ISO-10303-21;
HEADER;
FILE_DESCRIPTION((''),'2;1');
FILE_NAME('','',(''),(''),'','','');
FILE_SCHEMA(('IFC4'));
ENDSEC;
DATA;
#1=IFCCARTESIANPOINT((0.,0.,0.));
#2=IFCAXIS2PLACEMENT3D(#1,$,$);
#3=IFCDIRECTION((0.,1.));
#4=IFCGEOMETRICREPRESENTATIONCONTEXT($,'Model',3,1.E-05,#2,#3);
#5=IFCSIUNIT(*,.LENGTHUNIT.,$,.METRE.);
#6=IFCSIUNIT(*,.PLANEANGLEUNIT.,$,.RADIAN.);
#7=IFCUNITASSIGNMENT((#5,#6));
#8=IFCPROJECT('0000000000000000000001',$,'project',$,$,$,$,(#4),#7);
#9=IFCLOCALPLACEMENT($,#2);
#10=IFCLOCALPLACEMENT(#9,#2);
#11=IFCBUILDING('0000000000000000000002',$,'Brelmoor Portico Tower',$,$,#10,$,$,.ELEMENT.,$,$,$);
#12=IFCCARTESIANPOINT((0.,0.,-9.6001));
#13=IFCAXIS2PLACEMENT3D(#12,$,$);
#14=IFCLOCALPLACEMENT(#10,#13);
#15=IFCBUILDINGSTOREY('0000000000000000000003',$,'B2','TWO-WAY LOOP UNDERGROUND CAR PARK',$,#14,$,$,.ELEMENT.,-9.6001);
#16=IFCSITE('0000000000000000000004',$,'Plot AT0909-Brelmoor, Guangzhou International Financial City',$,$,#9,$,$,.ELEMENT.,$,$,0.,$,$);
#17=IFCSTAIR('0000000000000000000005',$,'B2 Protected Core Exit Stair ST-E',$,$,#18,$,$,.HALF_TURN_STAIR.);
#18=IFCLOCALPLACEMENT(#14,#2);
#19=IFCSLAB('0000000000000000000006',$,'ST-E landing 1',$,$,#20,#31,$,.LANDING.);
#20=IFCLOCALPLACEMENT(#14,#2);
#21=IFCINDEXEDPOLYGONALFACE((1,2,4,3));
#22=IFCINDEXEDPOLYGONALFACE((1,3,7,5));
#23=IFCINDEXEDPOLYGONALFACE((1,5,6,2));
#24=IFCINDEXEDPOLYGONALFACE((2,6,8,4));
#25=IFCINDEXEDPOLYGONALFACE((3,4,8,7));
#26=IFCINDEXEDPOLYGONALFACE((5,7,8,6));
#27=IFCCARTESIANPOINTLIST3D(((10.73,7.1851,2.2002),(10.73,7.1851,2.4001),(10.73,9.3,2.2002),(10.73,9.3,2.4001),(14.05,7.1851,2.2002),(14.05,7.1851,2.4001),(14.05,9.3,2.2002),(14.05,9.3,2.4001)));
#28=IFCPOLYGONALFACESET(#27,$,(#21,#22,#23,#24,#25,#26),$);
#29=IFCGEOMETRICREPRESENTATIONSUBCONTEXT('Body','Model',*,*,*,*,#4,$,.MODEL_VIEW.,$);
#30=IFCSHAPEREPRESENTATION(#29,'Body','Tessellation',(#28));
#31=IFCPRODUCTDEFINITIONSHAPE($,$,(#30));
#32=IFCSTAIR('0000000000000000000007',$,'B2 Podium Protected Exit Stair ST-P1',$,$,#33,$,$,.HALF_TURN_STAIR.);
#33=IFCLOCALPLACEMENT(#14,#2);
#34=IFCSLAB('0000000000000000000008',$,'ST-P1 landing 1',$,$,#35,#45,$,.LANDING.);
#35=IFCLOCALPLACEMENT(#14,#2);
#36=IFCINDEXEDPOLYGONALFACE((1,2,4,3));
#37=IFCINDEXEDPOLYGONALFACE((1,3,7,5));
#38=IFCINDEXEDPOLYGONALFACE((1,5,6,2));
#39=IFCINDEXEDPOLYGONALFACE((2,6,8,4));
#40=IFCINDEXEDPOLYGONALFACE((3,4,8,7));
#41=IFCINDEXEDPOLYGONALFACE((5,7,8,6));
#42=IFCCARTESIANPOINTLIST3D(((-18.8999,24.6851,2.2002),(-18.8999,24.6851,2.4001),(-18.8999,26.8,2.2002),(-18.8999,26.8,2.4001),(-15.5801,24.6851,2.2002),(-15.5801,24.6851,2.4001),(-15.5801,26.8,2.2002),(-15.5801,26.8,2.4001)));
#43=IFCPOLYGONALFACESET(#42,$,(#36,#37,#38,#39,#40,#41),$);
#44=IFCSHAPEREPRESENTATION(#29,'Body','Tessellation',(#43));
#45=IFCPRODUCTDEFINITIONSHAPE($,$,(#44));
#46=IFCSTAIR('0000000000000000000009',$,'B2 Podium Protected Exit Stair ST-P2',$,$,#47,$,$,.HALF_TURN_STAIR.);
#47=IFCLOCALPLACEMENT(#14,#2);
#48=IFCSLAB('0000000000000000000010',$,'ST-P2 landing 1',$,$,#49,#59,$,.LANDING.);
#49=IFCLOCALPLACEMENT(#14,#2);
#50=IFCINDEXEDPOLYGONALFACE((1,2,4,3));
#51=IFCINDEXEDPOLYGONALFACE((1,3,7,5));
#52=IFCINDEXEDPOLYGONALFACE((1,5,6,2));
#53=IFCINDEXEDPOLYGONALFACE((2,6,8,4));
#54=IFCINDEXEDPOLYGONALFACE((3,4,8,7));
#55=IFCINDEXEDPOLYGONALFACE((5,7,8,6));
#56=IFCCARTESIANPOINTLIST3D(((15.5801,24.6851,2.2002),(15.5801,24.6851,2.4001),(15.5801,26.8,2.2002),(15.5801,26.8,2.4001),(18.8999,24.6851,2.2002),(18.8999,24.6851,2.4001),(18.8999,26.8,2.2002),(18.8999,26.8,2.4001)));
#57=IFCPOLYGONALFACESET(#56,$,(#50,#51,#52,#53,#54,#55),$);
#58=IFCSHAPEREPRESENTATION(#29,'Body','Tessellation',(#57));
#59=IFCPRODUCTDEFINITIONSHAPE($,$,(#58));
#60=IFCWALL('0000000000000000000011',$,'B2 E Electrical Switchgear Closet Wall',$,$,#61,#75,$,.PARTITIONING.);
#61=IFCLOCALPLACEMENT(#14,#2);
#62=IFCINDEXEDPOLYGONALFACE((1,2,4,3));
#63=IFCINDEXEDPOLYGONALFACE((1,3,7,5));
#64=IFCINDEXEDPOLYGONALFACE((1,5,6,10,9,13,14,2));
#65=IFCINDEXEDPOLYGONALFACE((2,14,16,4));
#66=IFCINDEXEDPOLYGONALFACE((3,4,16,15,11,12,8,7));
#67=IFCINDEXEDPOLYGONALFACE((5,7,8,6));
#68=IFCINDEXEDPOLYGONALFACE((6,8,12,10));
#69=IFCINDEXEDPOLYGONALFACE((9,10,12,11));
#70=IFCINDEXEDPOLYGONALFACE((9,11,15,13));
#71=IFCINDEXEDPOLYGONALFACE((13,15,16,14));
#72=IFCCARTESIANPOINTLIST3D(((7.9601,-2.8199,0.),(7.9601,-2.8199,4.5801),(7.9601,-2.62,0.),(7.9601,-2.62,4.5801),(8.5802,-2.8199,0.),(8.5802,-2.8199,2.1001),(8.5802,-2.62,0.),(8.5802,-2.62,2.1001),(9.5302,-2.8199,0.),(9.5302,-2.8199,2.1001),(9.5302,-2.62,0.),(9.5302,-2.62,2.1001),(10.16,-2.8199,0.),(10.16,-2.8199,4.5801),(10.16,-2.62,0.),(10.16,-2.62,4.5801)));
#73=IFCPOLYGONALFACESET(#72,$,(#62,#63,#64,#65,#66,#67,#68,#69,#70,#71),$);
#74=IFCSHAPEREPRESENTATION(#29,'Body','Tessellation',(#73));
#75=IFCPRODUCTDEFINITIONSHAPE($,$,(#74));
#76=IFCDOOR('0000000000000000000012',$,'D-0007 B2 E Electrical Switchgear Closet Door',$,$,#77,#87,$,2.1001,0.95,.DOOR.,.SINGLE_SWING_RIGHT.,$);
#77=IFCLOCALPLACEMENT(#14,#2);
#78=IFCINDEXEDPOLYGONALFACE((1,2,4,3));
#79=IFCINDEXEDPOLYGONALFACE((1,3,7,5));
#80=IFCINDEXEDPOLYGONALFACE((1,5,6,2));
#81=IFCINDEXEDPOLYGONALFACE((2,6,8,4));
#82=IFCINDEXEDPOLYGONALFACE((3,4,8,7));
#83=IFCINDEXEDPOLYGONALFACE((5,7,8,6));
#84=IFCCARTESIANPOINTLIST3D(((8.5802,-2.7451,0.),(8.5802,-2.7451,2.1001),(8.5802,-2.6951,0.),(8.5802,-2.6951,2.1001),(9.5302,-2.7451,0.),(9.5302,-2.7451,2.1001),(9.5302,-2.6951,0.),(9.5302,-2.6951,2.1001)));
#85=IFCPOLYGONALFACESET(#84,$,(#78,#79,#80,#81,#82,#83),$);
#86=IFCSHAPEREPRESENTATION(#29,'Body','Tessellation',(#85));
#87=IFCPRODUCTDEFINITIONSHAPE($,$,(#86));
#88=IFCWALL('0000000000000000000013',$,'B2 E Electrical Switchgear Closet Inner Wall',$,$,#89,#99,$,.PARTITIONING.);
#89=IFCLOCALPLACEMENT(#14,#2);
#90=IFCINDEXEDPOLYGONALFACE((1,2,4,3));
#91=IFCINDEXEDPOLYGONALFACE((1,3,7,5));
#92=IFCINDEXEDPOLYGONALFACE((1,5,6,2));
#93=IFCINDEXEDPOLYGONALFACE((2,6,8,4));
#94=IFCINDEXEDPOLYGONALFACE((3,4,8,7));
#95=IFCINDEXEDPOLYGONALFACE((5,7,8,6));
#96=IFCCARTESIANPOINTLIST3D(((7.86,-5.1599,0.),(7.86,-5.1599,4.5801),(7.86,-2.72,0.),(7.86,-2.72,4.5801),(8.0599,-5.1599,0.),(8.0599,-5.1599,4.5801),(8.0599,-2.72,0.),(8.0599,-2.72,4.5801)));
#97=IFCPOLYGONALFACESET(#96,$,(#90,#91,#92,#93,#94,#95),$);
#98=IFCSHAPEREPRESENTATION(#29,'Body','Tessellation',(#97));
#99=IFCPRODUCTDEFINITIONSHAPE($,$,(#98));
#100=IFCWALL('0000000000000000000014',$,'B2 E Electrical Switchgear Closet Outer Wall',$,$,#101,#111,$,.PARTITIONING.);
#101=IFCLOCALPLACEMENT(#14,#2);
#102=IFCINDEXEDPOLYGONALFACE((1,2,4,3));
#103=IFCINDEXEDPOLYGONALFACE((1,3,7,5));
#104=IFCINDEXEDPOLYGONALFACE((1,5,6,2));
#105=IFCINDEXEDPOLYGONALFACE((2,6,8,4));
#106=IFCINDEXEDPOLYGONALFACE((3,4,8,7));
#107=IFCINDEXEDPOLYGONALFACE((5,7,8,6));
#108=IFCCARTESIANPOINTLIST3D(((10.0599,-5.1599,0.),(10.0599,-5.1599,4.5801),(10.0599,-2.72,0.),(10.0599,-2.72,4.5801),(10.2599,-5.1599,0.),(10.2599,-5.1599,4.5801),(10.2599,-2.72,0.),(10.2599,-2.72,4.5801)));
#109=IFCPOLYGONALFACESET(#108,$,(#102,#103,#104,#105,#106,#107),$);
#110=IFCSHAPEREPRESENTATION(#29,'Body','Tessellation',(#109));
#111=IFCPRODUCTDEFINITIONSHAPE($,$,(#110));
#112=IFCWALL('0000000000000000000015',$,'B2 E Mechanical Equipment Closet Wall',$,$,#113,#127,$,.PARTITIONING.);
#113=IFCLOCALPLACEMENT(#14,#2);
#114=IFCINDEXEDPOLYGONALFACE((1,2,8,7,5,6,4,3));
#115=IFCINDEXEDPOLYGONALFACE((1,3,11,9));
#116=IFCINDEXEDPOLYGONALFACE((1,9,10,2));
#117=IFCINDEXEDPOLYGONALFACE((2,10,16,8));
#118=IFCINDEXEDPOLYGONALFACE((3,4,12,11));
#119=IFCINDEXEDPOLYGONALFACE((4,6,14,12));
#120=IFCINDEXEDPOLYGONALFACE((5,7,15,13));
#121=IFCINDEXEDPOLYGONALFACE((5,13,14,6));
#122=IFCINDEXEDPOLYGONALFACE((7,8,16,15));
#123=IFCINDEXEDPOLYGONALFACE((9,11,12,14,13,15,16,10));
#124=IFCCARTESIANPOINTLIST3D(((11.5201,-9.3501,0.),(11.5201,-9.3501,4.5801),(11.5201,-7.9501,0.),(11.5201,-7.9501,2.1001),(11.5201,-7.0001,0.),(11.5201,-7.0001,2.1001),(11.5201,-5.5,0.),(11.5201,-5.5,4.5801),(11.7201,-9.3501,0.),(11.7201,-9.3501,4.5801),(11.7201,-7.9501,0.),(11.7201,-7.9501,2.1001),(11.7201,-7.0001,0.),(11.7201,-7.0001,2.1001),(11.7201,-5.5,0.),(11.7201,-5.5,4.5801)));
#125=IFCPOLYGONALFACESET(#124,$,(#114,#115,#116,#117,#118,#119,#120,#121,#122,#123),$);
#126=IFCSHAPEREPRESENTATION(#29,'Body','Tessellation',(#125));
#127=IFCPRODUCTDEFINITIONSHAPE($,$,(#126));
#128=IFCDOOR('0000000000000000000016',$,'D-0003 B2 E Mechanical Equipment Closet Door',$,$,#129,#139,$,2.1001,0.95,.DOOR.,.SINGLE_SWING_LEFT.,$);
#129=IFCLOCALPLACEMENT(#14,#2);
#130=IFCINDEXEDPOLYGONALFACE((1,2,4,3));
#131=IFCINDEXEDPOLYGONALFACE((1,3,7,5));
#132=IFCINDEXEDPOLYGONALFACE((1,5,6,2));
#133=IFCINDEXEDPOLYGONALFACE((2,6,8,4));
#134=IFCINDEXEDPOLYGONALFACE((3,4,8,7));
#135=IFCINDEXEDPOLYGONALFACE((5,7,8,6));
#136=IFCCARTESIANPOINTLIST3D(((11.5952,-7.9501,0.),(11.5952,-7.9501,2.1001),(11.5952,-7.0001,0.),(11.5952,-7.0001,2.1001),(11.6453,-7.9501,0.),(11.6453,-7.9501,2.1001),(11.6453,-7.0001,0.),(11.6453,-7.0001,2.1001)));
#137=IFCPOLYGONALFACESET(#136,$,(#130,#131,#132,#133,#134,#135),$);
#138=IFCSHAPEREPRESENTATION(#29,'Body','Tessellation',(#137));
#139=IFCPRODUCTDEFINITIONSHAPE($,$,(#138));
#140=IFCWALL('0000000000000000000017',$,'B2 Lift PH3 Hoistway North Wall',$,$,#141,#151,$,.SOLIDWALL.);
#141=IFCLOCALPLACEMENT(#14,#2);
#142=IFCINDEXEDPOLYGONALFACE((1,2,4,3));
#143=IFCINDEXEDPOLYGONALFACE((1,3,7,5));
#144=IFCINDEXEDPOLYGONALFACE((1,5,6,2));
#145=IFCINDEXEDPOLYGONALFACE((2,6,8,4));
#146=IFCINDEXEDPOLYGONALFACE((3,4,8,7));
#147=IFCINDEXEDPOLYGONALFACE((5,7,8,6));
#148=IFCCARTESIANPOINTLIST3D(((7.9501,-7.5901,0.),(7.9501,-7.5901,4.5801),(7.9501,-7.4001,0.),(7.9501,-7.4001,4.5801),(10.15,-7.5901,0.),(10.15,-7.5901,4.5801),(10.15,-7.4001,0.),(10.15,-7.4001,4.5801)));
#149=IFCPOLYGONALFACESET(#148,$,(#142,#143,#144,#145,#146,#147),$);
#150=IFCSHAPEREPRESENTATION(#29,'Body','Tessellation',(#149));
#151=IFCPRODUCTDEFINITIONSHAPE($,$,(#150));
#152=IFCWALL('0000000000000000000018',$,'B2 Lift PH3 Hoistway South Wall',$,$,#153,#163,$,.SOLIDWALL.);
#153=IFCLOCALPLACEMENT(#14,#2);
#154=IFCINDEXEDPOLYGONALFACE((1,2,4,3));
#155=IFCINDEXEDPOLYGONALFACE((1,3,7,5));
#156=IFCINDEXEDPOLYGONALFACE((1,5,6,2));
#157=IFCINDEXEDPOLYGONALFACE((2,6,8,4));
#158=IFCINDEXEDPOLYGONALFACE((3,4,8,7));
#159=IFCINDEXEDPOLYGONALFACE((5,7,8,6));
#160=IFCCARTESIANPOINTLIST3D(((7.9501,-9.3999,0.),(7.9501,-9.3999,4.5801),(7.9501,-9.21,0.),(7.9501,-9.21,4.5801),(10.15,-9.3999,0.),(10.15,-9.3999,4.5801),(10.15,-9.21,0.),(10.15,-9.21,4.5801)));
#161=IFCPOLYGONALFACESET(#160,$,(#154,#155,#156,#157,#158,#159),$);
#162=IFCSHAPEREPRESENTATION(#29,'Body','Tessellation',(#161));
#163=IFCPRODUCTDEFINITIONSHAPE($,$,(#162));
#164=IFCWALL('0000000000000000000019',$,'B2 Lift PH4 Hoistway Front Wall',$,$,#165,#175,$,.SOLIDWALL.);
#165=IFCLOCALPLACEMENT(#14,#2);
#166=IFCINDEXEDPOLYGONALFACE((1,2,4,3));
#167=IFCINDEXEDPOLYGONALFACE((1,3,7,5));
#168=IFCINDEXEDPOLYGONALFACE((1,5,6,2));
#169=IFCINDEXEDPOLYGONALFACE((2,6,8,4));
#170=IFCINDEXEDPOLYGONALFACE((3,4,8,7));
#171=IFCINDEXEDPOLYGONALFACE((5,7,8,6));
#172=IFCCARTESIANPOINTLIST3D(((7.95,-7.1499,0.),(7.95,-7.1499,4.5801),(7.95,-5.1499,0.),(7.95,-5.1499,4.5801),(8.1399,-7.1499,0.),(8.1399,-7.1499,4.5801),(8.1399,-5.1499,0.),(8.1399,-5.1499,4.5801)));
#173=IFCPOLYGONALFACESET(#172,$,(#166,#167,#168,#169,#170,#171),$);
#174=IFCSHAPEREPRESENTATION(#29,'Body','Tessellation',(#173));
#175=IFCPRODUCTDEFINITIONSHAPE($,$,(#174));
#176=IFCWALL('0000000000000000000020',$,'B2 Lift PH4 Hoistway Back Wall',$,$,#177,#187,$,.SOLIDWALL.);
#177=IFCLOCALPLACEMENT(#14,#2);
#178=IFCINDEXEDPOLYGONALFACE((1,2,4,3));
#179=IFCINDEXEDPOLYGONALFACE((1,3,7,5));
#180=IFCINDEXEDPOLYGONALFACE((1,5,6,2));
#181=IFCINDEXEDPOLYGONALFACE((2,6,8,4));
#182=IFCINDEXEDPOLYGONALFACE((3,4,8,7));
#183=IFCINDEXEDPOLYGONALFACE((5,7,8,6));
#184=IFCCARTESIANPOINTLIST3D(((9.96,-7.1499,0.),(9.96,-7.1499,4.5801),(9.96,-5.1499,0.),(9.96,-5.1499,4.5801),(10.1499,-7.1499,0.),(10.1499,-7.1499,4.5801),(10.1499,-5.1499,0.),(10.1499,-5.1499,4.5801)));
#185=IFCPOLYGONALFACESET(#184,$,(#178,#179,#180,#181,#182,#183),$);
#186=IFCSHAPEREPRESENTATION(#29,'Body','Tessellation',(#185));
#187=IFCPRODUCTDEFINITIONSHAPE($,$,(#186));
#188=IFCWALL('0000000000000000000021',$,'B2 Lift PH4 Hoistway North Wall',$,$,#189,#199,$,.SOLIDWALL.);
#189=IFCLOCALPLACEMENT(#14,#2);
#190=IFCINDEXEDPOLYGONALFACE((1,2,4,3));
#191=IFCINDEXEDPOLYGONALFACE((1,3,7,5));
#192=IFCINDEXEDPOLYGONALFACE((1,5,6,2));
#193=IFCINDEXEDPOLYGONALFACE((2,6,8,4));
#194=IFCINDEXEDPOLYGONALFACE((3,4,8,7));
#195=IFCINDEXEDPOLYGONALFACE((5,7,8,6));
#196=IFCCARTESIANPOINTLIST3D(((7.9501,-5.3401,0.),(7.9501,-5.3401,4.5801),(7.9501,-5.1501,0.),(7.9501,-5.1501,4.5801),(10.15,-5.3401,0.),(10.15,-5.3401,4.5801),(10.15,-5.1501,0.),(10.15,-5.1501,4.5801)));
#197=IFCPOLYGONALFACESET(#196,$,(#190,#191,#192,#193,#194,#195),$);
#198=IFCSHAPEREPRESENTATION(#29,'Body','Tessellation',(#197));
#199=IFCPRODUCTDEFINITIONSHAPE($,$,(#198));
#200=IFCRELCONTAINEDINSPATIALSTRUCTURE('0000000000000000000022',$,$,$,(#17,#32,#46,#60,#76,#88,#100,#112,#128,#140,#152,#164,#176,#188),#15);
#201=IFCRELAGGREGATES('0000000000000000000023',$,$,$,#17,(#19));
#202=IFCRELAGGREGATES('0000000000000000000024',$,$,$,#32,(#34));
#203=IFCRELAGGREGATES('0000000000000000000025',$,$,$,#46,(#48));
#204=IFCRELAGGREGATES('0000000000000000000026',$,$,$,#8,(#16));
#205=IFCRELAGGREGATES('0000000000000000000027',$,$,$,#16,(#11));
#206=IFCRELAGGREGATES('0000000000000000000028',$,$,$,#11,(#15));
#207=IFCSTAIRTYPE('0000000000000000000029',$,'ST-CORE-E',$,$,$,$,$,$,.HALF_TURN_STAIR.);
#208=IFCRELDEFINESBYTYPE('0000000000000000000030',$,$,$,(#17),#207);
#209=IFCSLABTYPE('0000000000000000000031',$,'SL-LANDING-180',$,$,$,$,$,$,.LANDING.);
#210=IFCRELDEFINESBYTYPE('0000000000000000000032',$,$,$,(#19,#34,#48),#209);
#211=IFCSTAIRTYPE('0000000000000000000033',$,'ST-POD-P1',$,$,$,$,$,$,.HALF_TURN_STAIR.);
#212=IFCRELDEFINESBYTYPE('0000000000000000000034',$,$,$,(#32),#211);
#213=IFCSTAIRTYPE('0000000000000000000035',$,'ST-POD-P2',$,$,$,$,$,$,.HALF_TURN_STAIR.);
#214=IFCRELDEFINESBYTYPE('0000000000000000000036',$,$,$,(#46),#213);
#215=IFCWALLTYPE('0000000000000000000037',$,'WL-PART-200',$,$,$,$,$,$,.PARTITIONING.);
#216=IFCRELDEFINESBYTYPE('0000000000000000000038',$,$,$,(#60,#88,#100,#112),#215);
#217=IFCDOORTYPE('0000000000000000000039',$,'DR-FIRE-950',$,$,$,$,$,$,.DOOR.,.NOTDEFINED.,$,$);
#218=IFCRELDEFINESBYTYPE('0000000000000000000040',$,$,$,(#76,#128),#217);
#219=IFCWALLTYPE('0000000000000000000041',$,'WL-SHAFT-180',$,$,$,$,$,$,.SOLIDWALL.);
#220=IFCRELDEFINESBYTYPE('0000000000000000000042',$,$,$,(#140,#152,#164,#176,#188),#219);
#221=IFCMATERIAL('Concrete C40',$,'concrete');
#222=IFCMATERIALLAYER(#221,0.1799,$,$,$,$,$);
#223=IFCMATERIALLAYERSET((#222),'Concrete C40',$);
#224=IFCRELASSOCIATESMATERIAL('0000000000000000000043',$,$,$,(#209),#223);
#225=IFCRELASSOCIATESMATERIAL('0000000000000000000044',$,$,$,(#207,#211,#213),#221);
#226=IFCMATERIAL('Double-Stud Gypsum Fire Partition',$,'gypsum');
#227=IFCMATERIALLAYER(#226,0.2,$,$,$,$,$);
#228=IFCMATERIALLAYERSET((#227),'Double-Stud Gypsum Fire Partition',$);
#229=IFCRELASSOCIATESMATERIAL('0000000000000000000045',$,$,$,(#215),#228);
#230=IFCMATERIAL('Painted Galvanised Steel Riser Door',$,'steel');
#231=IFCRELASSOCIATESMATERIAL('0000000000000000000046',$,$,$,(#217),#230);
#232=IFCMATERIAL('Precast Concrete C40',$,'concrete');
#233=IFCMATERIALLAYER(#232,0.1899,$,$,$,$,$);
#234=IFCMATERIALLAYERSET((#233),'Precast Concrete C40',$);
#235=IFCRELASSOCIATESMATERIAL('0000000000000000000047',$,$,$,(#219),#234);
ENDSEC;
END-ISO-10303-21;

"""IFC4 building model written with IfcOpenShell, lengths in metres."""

from ifc_helpers import new_model, si_unit, direction, frame, frame_2d, origin, place, context, subcontext, project, spatial, polyline, rectangle, outline, extrude, material, layer, layer_set, type_object, element, fill, aggregate, save


model = new_model("IFC4")

# Units and contexts
model_context = context("Model", 3, precision=1e-05, world=origin(), true_north=direction((0.0, 1.0)))
body_context = subcontext(model_context, "Body", "Model", "MODEL_VIEW")
ifc_project = project(units=[si_unit("LENGTHUNIT", "METRE"), si_unit("PLANEANGLEUNIT", "RADIAN")], contexts=[model_context])

# Site, building, storey
site_placement = place(None, origin())
site = spatial("IfcSite", under=ifc_project, at=site_placement, Name="Plot AT0909-Brelmoor, Guangzhou International Financial City", CompositionType="ELEMENT", RefElevation=0.0)
building_placement = place(site_placement, origin())
building = spatial("IfcBuilding", under=site, at=building_placement, Name="Brelmoor Portico Tower", CompositionType="ELEMENT")
storey_placement = place(building_placement, frame((0.0, 0.0, -9.6001)))
storey = spatial("IfcBuildingStorey", under=building, at=storey_placement, Name="B2", Description="TWO-WAY LOOP UNDERGROUND CAR PARK", CompositionType="ELEMENT", Elevation=-9.6001)

# Shared definitions
ifc_material_1 = material(Name="Concrete C40", Category="concrete")

# Stairs, slabs
ifc_layer_1 = layer(ifc_material_1, 0.1799)
ifc_layer_set_1 = layer_set([ifc_layer_1], Name="Concrete C40")
slab_type_1 = type_object("IfcSlabType", Name="SL-LANDING-180", PredefinedType="LANDING", material=ifc_layer_set_1)
stair_type_1 = type_object("IfcStairType", Name="ST-CORE-E", PredefinedType="HALF_TURN_STAIR", material=ifc_material_1)
stair_1_placement = place(storey_placement, origin())
stair_1 = element("IfcStair", 1, at=stair_1_placement, inside=storey, type_object=stair_type_1, Name="B2 Protected Core Exit Stair ST-E", PredefinedType="HALF_TURN_STAIR")
slab_1_placement = place(storey_placement, frame((0.0, 0.0, 2.2002)))
slab_1 = element("IfcSlab", 2, at=slab_1_placement, type_object=slab_type_1, Name="ST-E landing 1", PredefinedType="LANDING", context=body_context, shape_type="SweptSolid", body=[
    extrude(outline(polyline([(14.05, 7.1851), (14.05, 9.3), (10.73, 9.3), (10.73, 7.1851), (14.05, 7.1851)])), origin(), (0.0, 0.0, 1.0), 0.2),
])
aggregate(stair_1, [slab_1])
stair_type_2 = type_object("IfcStairType", Name="ST-POD-P1", PredefinedType="HALF_TURN_STAIR", material=ifc_material_1)
stair_2_placement = place(storey_placement, origin())
stair_2 = element("IfcStair", 3, at=stair_2_placement, inside=storey, type_object=stair_type_2, Name="B2 Podium Protected Exit Stair ST-P1", PredefinedType="HALF_TURN_STAIR")
slab_2_placement = place(storey_placement, frame((0.0, 0.0, 2.2002)))
slab_2 = element("IfcSlab", 4, at=slab_2_placement, type_object=slab_type_1, Name="ST-P1 landing 1", PredefinedType="LANDING", context=body_context, shape_type="SweptSolid", body=[
    extrude(outline(polyline([(-15.5801, 24.6851), (-15.5801, 26.8), (-18.8999, 26.8), (-18.8999, 24.6851), (-15.5801, 24.6851)])), origin(), (0.0, 0.0, 1.0), 0.2),
])
aggregate(stair_2, [slab_2])
stair_type_3 = type_object("IfcStairType", Name="ST-POD-P2", PredefinedType="HALF_TURN_STAIR", material=ifc_material_1)
stair_3_placement = place(storey_placement, origin())
stair_3 = element("IfcStair", 5, at=stair_3_placement, inside=storey, type_object=stair_type_3, Name="B2 Podium Protected Exit Stair ST-P2", PredefinedType="HALF_TURN_STAIR")
slab_3_placement = place(storey_placement, frame((0.0, 0.0, 2.2002)))
slab_3 = element("IfcSlab", 6, at=slab_3_placement, type_object=slab_type_1, Name="ST-P2 landing 1", PredefinedType="LANDING", context=body_context, shape_type="SweptSolid", body=[
    extrude(outline(polyline([(18.8999, 24.6851), (18.8999, 26.8), (15.5801, 26.8), (15.5801, 24.6851), (18.8999, 24.6851)])), origin(), (0.0, 0.0, 1.0), 0.2),
])
aggregate(stair_3, [slab_3])

# Wall, opening, door
ifc_material_2 = material(Name="Double-Stud Gypsum Fire Partition", Category="gypsum")
ifc_layer_2 = layer(ifc_material_2, 0.2)
ifc_layer_set_2 = layer_set([ifc_layer_2], Name="Double-Stud Gypsum Fire Partition")
wall_type_1 = type_object("IfcWallType", Name="WL-PART-200", PredefinedType="PARTITIONING", material=ifc_layer_set_2)
wall_1_placement = place(storey_placement, frame((7.96, -2.72, 0.0), z_axis=(0.0, 0.0, 1.0), x_axis=(1.0, 0.0, 0.0)))
wall_1 = element("IfcWall", 7, at=wall_1_placement, inside=storey, type_object=wall_type_1, Name="B2 E Electrical Switchgear Closet Wall", PredefinedType="PARTITIONING", context=body_context, shape_type="SweptSolid", body=[
    extrude(rectangle(XDim=2.2, YDim=0.2, at=frame_2d((1.1001, 0.0))), origin(), (0.0, 0.0, 1.0), 4.5801),
])
opening_1_placement = place(wall_1_placement, frame((0.6201, 0.0, 0.0)))
opening_1 = element("IfcOpeningElement", 8, at=opening_1_placement, cuts=wall_1, PredefinedType="OPENING", context=body_context, shape_type="SweptSolid", body=[
    extrude(rectangle(XDim=0.95, YDim=2.1001, at=frame_2d((0.4751, 1.05))), frame((0.0, 0.1099, 0.0), z_axis=(0.0, -1.0, 0.0), x_axis=(1.0, 0.0, 0.0)), (0.0, 0.0, 1.0), 0.22),
])
ifc_material_3 = material(Name="Painted Galvanised Steel Riser Door", Category="steel")
door_type_1 = type_object("IfcDoorType", Name="DR-FIRE-950", OperationType="NOTDEFINED", PredefinedType="DOOR", material=ifc_material_3)
door_1_placement = place(opening_1_placement, origin())
door_1 = element("IfcDoor", 9, at=door_1_placement, inside=storey, type_object=door_type_1, Name="D-0007 B2 E Electrical Switchgear Closet Door", OperationType="SINGLE_SWING_RIGHT", OverallHeight=2.1001, OverallWidth=0.95, PredefinedType="DOOR", context=body_context, shape_type="SweptSolid", body=[
    extrude(rectangle(XDim=0.95, YDim=2.1001, at=frame_2d((0.4751, 1.05))), frame((0.0, 0.0249, 0.0), z_axis=(0.0, -1.0, 0.0), x_axis=(1.0, 0.0, 0.0)), (0.0, 0.0, 1.0), 0.05),
])
fill(opening_1, door_1)

# Walls
for number, where, z_axis, x_axis, name in (
    (10, (7.96, -5.1599, 0.0), (0.0, 0.0, 1.0), (0.0, 1.0, 0.0), "B2 E Electrical Switchgear Closet Inner Wall"),
    (11, (10.1599, -5.1599, 0.0), (0.0, 0.0, 1.0), (0.0, 1.0, 0.0), "B2 E Electrical Switchgear Closet Outer Wall"),
):
    element("IfcWall", number, at=place(storey_placement, frame(where, z_axis=z_axis, x_axis=x_axis)), inside=storey, type_object=wall_type_1, Name=name, PredefinedType="PARTITIONING", context=body_context, shape_type="SweptSolid", body=[
        extrude(rectangle(XDim=2.4399, YDim=0.2, at=frame_2d((1.22, 0.0))), origin(), (0.0, 0.0, 1.0), 4.5801),
    ])

# Wall, opening, door
wall_2_placement = place(storey_placement, frame((11.6201, -9.3501, 0.0), z_axis=(0.0, 0.0, 1.0), x_axis=(0.0, 1.0, 0.0)))
wall_2 = element("IfcWall", 12, at=wall_2_placement, inside=storey, type_object=wall_type_1, Name="B2 E Mechanical Equipment Closet Wall", PredefinedType="PARTITIONING", context=body_context, shape_type="SweptSolid", body=[
    extrude(rectangle(XDim=3.8501, YDim=0.2, at=frame_2d((1.925, 0.0))), origin(), (0.0, 0.0, 1.0), 4.5801),
])
opening_2_placement = place(wall_2_placement, frame((1.3999, 0.0, 0.0)))
opening_2 = element("IfcOpeningElement", 13, at=opening_2_placement, cuts=wall_2, PredefinedType="OPENING", context=body_context, shape_type="SweptSolid", body=[
    extrude(rectangle(XDim=0.95, YDim=2.1001, at=frame_2d((0.4751, 1.05))), frame((0.0, 0.1099, 0.0), z_axis=(0.0, -1.0, 0.0), x_axis=(1.0, 0.0, 0.0)), (0.0, 0.0, 1.0), 0.22),
])
door_2_placement = place(opening_2_placement, origin())
door_2 = element("IfcDoor", 14, at=door_2_placement, inside=storey, type_object=door_type_1, Name="D-0003 B2 E Mechanical Equipment Closet Door", OperationType="SINGLE_SWING_LEFT", OverallHeight=2.1001, OverallWidth=0.95, PredefinedType="DOOR", context=body_context, shape_type="SweptSolid", body=[
    extrude(rectangle(XDim=0.95, YDim=2.1001, at=frame_2d((0.4751, 1.05))), frame((0.0, 0.0249, 0.0), z_axis=(0.0, -1.0, 0.0), x_axis=(1.0, 0.0, 0.0)), (0.0, 0.0, 1.0), 0.05),
])
fill(opening_2, door_2)

# Walls
ifc_material_4 = material(Name="Precast Concrete C40", Category="concrete")
ifc_layer_3 = layer(ifc_material_4, 0.1899)
ifc_layer_set_3 = layer_set([ifc_layer_3], Name="Precast Concrete C40")
wall_type_2 = type_object("IfcWallType", Name="WL-SHAFT-180", PredefinedType="SOLIDWALL", material=ifc_layer_set_3)
for number, where, z_axis, x_axis, name in (
    (15, (7.95, -7.4951, 0.0), (0.0, 0.0, 1.0), (1.0, 0.0, 0.0), "B2 Lift PH3 Hoistway North Wall"),
    (16, (7.95, -9.3049, 0.0), (0.0, 0.0, 1.0), (1.0, 0.0, 0.0), "B2 Lift PH3 Hoistway South Wall"),
):
    element("IfcWall", number, at=place(storey_placement, frame(where, z_axis=z_axis, x_axis=x_axis)), inside=storey, type_object=wall_type_2, Name=name, PredefinedType="SOLIDWALL", context=body_context, shape_type="SweptSolid", body=[
        extrude(rectangle(XDim=2.2, YDim=0.1899, at=frame_2d((1.1001, 0.0))), origin(), (0.0, 0.0, 1.0), 4.5801),
    ])
for number, where, z_axis, x_axis, name in (
    (17, (8.0449, -7.1499, 0.0), (0.0, 0.0, 1.0), (0.0, 1.0, 0.0), "B2 Lift PH4 Hoistway Front Wall"),
    (18, (10.0549, -7.1499, 0.0), (0.0, 0.0, 1.0), (0.0, 1.0, 0.0), "B2 Lift PH4 Hoistway Back Wall"),
):
    element("IfcWall", number, at=place(storey_placement, frame(where, z_axis=z_axis, x_axis=x_axis)), inside=storey, type_object=wall_type_2, Name=name, PredefinedType="SOLIDWALL", context=body_context, shape_type="SweptSolid", body=[
        extrude(rectangle(XDim=2.0, YDim=0.1899, at=frame_2d((1.0, 0.0))), origin(), (0.0, 0.0, 1.0), 4.5801),
    ])
for number, where, z_axis, x_axis, name in (
    (19, (7.95, -5.2451, 0.0), (0.0, 0.0, 1.0), (1.0, 0.0, 0.0), "B2 Lift PH4 Hoistway North Wall"),
):
    element("IfcWall", number, at=place(storey_placement, frame(where, z_axis=z_axis, x_axis=x_axis)), inside=storey, type_object=wall_type_2, Name=name, PredefinedType="SOLIDWALL", context=body_context, shape_type="SweptSolid", body=[
        extrude(rectangle(XDim=2.2, YDim=0.1899, at=frame_2d((1.1001, 0.0))), origin(), (0.0, 0.0, 1.0), 4.5801),
    ])

save(model, "model.ifc")
